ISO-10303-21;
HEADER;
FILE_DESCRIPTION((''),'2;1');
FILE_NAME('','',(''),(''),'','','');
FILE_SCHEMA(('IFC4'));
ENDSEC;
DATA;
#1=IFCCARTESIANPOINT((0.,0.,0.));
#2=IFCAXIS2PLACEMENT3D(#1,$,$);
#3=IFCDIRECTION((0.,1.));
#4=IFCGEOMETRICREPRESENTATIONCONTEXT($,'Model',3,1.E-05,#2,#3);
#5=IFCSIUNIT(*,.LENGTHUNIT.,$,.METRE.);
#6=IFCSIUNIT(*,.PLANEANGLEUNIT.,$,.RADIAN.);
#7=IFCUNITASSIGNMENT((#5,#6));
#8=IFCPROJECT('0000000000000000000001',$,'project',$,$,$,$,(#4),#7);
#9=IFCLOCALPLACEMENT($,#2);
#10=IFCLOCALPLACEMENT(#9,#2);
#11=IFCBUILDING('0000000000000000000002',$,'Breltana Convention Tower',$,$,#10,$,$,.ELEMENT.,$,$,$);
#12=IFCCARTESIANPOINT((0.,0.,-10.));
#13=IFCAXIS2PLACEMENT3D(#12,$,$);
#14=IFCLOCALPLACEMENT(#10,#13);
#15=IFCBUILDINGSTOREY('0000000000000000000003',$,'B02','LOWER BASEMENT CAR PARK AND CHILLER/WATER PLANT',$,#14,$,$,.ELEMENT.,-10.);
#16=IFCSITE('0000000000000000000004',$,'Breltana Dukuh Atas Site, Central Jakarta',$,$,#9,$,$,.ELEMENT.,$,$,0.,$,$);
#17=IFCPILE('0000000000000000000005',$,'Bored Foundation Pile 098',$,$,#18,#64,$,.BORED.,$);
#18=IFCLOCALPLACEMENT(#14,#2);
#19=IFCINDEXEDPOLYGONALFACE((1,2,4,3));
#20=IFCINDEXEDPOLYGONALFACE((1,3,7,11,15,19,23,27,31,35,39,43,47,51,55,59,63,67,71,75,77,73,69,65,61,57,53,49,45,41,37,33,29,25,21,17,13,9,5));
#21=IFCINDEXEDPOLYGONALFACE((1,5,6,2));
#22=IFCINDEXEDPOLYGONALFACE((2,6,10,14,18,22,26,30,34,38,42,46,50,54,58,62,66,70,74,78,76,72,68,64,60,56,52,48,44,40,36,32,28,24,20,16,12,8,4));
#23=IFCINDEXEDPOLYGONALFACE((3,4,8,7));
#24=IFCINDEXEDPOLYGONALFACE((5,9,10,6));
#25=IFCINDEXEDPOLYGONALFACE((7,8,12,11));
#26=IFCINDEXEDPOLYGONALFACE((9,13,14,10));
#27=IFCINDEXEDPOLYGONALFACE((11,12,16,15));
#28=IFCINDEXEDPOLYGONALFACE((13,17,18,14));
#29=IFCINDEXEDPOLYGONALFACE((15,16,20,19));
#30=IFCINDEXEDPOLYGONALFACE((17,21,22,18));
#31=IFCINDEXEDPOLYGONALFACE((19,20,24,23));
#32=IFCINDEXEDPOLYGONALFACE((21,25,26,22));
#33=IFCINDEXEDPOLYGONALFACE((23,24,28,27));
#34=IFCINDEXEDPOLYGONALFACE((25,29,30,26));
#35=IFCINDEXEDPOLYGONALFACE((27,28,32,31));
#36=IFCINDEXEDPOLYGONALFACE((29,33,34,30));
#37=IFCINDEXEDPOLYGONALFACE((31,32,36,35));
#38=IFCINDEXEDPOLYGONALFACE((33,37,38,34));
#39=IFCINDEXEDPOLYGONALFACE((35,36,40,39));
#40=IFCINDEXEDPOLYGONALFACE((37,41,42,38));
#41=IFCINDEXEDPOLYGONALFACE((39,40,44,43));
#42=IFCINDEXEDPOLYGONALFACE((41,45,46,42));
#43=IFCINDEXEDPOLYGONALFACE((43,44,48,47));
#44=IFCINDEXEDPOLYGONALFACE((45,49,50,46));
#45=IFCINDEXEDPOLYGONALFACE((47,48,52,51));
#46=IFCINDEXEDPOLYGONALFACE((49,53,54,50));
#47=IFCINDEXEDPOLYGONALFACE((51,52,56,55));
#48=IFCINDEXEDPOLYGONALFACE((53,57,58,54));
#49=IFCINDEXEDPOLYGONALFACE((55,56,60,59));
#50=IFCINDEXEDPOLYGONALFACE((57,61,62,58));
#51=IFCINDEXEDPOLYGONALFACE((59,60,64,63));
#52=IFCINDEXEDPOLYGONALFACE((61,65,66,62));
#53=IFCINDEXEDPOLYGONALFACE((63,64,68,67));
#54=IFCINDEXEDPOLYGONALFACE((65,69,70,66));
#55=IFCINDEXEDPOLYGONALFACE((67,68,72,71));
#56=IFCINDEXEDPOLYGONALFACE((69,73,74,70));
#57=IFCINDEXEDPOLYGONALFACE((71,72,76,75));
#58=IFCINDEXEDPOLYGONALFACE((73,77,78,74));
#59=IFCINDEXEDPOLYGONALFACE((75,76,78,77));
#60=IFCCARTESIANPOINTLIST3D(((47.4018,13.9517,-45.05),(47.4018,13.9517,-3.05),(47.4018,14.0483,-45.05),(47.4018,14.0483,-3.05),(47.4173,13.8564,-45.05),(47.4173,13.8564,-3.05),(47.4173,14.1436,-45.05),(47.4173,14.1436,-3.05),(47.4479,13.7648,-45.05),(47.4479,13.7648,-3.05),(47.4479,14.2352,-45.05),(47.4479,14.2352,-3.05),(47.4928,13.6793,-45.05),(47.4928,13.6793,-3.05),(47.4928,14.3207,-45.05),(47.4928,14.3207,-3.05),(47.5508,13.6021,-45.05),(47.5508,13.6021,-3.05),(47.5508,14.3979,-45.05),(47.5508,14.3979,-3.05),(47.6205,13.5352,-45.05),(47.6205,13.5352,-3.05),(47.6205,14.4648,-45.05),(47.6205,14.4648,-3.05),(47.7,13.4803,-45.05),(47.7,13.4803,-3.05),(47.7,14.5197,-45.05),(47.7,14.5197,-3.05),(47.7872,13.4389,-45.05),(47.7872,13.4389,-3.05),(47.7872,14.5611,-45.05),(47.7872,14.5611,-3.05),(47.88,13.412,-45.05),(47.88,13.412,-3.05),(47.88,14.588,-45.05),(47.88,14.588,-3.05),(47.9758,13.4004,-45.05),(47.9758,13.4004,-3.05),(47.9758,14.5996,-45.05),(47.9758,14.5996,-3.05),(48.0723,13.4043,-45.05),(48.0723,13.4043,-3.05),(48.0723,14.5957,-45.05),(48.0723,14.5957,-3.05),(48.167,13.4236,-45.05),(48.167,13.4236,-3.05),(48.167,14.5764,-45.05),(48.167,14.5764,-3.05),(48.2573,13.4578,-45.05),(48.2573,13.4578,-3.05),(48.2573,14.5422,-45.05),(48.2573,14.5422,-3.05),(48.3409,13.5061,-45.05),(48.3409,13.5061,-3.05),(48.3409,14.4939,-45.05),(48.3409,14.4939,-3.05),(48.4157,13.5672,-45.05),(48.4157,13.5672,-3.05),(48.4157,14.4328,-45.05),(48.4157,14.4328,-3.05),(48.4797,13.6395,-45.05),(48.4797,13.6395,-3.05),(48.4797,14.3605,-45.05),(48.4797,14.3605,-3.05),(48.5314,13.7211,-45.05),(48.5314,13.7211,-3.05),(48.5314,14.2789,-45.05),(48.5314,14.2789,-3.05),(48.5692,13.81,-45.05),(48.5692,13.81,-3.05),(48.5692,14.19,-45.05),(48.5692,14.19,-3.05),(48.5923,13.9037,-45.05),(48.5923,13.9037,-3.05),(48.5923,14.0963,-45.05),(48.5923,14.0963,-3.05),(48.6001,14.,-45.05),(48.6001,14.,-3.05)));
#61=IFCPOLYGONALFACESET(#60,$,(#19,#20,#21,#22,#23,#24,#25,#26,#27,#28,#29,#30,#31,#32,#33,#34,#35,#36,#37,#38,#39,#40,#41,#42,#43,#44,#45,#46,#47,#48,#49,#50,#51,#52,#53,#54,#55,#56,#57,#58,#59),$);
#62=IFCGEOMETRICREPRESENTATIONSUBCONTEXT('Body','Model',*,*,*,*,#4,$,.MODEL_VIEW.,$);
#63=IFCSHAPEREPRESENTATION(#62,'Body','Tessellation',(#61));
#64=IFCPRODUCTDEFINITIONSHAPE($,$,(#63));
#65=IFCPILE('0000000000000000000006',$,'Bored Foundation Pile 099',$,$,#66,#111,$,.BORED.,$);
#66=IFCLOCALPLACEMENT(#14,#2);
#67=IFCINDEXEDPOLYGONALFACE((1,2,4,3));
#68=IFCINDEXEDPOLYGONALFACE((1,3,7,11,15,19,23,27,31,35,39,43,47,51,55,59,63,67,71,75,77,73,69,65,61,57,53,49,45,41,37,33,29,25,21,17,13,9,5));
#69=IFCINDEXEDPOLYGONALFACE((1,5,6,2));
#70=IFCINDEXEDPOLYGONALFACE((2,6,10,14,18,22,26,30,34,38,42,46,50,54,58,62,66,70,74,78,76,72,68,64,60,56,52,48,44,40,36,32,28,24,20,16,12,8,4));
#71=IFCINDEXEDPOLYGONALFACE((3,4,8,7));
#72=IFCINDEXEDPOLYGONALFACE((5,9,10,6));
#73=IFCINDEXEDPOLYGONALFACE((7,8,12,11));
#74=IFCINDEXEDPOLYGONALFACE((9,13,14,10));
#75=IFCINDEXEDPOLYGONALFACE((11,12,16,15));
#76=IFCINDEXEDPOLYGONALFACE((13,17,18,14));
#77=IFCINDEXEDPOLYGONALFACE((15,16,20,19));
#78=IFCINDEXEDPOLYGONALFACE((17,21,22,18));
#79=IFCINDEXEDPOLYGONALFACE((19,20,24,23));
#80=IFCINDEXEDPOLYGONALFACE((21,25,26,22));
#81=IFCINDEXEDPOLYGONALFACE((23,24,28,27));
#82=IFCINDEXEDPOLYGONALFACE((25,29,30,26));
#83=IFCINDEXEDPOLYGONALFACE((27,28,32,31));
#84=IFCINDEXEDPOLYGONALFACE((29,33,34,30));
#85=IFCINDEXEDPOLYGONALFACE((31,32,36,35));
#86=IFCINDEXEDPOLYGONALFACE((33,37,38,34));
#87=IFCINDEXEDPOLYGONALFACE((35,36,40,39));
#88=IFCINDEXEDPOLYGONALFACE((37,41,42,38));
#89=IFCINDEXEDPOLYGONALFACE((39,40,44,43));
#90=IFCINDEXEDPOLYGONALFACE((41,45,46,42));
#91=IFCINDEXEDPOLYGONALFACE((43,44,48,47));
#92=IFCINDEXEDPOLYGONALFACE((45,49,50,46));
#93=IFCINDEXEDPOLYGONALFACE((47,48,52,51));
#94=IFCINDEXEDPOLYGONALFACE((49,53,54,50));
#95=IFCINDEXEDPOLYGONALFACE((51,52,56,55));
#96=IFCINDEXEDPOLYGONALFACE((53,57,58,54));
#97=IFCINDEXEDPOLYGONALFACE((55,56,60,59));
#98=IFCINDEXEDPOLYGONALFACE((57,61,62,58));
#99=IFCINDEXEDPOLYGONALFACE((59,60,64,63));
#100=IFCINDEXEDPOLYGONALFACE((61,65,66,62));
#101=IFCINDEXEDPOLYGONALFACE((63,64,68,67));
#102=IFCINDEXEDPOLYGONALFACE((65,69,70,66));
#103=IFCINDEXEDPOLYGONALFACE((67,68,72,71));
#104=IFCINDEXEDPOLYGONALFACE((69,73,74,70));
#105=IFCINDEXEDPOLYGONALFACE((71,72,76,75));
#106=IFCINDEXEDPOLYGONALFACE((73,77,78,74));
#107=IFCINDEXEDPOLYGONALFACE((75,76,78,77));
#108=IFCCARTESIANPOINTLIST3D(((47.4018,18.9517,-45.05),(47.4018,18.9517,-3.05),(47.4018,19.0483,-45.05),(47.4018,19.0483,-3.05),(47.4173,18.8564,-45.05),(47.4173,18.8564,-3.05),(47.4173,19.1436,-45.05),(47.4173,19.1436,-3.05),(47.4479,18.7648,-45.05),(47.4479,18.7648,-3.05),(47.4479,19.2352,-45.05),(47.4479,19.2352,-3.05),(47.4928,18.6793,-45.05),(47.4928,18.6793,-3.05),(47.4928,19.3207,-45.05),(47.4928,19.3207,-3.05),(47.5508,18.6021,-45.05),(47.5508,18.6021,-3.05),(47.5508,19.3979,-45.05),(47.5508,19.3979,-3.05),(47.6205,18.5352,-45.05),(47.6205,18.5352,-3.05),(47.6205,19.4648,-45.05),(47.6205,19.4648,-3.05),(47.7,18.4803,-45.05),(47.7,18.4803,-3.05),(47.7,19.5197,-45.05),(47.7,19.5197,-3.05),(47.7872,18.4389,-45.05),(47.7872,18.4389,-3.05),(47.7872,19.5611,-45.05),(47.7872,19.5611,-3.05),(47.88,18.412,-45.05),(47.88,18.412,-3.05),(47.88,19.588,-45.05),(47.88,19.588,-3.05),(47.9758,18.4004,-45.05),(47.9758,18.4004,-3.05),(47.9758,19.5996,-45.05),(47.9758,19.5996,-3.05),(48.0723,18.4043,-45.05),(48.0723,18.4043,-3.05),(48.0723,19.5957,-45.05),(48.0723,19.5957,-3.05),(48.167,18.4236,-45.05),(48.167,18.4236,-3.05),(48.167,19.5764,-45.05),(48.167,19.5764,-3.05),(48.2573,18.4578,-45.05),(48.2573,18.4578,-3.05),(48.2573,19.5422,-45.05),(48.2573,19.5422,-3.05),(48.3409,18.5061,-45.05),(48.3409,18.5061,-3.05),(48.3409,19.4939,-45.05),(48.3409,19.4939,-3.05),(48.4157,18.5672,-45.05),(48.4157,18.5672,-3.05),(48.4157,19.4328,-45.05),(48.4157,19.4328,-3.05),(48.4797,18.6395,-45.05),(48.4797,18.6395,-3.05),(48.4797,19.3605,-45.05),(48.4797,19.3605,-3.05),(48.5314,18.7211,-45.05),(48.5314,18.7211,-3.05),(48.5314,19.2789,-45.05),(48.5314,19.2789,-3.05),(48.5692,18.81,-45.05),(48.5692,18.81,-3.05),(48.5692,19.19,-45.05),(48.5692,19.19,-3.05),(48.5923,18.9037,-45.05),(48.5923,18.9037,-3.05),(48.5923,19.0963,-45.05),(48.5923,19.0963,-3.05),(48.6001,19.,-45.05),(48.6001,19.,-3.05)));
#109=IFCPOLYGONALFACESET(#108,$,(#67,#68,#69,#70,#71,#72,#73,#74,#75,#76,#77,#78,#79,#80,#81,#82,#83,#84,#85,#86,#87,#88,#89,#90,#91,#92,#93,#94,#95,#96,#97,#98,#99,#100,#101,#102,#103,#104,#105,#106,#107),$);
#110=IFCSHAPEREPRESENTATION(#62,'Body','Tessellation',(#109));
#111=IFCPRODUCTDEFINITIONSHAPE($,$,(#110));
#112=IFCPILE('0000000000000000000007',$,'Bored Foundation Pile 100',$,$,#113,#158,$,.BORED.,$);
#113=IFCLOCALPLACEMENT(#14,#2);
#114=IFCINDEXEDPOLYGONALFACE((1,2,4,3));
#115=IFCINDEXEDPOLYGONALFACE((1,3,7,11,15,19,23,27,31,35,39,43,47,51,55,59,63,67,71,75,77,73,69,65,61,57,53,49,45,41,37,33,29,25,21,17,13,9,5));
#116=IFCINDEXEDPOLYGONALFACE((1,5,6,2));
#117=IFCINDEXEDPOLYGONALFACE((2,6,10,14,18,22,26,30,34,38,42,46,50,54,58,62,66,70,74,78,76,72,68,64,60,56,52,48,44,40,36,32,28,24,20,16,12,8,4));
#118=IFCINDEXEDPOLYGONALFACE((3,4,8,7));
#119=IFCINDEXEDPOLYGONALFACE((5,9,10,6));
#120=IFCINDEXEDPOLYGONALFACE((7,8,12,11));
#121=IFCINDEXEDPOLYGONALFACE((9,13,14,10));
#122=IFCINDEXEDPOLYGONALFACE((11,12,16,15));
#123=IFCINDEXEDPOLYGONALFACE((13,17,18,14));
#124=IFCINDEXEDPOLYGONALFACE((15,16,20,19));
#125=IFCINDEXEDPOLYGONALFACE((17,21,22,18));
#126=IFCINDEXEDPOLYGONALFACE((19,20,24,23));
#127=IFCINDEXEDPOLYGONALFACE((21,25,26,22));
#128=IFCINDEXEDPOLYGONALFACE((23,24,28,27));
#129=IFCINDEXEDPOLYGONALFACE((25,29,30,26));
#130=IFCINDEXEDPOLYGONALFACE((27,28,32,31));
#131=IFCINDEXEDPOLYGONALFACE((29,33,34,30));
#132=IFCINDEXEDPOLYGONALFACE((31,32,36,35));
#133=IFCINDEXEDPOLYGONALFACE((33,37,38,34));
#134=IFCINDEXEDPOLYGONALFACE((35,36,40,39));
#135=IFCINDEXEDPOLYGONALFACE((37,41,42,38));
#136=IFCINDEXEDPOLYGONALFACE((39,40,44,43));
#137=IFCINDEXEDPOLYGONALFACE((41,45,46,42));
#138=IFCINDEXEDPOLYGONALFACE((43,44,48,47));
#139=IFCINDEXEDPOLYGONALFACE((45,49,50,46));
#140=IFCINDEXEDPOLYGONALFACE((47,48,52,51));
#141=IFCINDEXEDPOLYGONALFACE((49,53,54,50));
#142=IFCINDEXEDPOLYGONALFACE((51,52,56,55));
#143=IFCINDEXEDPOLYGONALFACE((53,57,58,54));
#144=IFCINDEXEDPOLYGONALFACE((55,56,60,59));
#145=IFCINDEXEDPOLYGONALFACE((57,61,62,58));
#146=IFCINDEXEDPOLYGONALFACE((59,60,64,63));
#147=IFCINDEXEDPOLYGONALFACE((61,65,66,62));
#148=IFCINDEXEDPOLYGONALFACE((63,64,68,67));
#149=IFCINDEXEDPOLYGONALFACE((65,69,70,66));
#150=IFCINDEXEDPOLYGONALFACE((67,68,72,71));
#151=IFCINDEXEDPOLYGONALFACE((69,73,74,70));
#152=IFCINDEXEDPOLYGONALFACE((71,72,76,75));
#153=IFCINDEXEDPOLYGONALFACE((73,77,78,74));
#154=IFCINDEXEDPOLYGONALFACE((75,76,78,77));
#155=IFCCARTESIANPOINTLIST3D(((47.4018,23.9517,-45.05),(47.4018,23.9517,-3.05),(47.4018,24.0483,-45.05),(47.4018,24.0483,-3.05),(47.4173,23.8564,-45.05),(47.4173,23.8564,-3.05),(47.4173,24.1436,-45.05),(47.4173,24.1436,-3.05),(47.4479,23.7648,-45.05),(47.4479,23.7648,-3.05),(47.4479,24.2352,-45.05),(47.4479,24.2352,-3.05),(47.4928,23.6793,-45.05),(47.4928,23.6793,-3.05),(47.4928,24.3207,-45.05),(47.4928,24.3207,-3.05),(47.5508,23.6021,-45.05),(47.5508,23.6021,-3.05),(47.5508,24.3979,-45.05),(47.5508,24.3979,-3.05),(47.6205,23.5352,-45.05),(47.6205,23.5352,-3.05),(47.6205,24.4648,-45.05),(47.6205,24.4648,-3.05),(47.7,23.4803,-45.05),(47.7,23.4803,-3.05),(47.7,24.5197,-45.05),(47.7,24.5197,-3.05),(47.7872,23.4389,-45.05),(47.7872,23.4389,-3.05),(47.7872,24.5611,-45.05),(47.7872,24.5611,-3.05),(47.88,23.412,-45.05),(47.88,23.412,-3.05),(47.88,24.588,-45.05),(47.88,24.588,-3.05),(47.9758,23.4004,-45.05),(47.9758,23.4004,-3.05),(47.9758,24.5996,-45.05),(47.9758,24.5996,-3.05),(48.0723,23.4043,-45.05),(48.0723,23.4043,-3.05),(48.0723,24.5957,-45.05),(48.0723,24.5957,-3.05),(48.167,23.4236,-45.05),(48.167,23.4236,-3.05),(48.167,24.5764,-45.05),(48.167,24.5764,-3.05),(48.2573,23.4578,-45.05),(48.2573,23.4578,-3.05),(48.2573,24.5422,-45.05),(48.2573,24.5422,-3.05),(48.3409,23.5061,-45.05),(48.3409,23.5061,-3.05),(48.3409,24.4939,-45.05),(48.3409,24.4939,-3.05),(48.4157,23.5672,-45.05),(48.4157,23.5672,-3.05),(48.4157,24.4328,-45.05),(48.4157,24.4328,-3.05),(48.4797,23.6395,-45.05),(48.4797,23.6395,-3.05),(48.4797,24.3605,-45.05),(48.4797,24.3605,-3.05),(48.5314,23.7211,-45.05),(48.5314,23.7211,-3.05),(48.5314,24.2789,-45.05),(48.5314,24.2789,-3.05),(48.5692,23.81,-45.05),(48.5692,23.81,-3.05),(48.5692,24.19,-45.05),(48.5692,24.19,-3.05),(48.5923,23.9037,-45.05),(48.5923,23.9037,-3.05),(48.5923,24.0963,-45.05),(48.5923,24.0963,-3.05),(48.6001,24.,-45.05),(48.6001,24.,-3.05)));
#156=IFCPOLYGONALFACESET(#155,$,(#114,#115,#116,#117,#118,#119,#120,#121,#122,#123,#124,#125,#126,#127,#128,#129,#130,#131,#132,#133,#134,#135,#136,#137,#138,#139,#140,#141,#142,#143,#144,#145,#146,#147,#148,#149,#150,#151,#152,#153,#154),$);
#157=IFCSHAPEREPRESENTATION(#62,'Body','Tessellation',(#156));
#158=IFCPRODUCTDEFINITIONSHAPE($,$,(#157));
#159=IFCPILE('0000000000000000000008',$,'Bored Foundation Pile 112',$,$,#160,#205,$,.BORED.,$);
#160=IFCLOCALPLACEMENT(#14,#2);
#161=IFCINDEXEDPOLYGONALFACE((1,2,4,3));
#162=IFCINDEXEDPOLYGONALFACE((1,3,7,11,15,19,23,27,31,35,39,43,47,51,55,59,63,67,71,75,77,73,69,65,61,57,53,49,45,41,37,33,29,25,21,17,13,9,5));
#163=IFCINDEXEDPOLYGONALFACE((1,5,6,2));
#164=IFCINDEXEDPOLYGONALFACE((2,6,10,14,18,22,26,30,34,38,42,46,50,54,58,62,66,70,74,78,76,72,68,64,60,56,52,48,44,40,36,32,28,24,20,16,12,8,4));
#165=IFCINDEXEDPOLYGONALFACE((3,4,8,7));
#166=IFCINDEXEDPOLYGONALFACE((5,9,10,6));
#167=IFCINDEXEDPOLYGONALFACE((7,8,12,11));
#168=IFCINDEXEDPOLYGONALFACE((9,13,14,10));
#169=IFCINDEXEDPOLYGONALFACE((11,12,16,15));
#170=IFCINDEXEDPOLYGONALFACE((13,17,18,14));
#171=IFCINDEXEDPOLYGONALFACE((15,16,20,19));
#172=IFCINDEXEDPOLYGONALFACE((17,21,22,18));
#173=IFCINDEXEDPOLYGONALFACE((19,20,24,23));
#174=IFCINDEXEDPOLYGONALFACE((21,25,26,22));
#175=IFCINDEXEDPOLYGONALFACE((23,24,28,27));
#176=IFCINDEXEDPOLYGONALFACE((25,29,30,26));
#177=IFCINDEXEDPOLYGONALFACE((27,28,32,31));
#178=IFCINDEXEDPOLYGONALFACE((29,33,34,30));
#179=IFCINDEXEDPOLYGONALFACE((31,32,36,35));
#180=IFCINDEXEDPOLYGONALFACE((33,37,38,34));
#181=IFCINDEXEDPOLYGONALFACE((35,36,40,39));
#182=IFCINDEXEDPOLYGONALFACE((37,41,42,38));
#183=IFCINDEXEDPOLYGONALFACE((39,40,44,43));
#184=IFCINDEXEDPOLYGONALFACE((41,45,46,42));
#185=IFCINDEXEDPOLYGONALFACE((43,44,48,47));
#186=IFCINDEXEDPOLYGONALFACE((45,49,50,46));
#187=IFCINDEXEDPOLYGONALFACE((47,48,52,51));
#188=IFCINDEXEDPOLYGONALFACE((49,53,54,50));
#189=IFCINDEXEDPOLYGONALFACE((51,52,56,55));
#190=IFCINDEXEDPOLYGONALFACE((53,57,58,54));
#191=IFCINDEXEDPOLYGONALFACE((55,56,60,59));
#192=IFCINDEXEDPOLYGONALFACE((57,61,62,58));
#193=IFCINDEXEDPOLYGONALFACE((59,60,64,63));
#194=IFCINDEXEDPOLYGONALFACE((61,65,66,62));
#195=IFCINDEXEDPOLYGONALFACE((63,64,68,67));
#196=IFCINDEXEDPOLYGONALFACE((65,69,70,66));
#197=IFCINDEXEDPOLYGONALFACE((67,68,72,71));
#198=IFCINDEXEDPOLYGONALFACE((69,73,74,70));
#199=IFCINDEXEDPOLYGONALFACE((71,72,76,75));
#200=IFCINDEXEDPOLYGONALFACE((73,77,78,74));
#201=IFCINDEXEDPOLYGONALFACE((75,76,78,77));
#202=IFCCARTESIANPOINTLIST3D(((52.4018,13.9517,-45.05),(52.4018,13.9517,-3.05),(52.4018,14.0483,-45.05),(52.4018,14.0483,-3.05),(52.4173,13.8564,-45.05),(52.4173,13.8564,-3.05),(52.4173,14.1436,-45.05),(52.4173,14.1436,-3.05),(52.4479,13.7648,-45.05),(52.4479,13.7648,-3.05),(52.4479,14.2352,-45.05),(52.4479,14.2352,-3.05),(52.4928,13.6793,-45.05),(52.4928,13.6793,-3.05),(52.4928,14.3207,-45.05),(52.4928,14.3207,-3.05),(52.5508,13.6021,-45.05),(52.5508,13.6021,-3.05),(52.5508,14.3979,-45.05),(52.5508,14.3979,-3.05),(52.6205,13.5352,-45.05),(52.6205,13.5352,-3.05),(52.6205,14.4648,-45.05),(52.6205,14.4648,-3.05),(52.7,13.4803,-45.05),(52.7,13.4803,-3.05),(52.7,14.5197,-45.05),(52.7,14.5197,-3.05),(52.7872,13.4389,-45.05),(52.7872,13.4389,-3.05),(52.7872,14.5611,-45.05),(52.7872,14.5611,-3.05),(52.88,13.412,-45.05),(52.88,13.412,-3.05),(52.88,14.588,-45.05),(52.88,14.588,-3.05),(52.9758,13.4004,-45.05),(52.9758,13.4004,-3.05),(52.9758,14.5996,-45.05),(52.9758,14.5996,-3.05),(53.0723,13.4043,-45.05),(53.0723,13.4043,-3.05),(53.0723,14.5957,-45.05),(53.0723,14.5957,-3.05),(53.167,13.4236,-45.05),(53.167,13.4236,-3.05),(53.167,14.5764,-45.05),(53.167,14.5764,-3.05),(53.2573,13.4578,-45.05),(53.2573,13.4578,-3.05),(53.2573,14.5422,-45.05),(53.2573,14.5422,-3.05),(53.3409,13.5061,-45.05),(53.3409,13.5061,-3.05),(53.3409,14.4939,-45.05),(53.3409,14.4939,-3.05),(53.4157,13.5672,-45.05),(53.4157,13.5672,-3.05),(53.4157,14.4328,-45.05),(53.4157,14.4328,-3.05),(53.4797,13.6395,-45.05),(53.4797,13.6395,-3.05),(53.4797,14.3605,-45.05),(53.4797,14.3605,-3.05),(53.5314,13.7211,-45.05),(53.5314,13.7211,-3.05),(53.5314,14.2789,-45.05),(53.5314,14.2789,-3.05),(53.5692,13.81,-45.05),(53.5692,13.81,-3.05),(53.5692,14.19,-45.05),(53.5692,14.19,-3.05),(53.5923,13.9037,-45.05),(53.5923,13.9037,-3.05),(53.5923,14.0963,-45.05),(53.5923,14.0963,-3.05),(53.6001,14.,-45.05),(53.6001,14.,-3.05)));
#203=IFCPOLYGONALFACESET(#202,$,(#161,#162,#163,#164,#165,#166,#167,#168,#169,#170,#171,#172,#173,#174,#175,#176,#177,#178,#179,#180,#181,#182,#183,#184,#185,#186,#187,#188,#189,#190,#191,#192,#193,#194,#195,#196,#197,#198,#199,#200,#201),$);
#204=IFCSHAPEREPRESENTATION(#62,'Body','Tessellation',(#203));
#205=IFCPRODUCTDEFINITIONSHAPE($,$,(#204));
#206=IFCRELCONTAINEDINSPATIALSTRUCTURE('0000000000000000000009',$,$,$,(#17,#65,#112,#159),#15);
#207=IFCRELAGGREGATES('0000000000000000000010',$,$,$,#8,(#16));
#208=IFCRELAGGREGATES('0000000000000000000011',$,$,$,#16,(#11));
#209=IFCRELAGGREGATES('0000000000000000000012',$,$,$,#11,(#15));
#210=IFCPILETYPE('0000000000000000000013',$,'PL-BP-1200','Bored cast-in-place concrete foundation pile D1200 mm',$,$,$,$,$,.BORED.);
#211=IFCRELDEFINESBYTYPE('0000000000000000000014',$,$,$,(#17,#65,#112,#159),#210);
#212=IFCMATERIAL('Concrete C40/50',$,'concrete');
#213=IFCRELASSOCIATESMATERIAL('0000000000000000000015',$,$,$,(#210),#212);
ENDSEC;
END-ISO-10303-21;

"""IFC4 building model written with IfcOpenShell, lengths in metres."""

from ifc_helpers import new_model, si_unit, direction, frame, origin, origin_2d, place, context, subcontext, project, spatial, circle, extrude, source, transform, mapped, material, material_profile, profile_set, type_object, type_shapes, element, save


model = new_model("IFC4")

# Units and contexts
model_context = context("Model", 3, precision=1e-05, world=origin(), true_north=direction((0.0, 1.0)))
body_context = subcontext(model_context, "Body", "Model", "MODEL_VIEW")
ifc_project = project(units=[si_unit("LENGTHUNIT", "METRE"), si_unit("PLANEANGLEUNIT", "RADIAN")], contexts=[model_context])

# Site, building, storey
site_placement = place(None, origin())
site = spatial("IfcSite", under=ifc_project, at=site_placement, Name="Breltana Dukuh Atas Site, Central Jakarta", CompositionType="ELEMENT", RefElevation=0.0)
building_placement = place(site_placement, origin())
building = spatial("IfcBuilding", under=site, at=building_placement, Name="Breltana Convention Tower", CompositionType="ELEMENT")
storey_placement = place(building_placement, frame((0.0, 0.0, -10.0)))
storey = spatial("IfcBuildingStorey", under=building, at=storey_placement, Name="B02", Description="LOWER BASEMENT CAR PARK AND CHILLER/WATER PLANT", CompositionType="ELEMENT", Elevation=-10.0)

# Piles
ifc_material_1 = material(Name="Concrete C40/50", Category="concrete")
ifc_material_profile_1 = material_profile(ifc_material_1, circle(Radius=0.6001, at=origin_2d()), Name="BP-D1200")
ifc_profile_set_1 = profile_set([ifc_material_profile_1], Name="Concrete C40/50")
pile_type = type_object("IfcPileType", Name="PL-BP-1200", Description="Bored cast-in-place concrete foundation pile D1200 mm", PredefinedType="BORED", material=ifc_profile_set_1)
shared_shape_1 = source(origin(), body_context, "Body", "SweptSolid", [
    extrude(circle(Radius=0.6001, at=origin_2d()), origin(), (0.0, 0.0, 1.0), 42.0),
])
type_shapes(pile_type, [shared_shape_1])
for number, where, z_axis, x_axis, name in (
    (1, (48.0, 14.0, -3.05), (0.0, 0.0, -1.0), (1.0, 0.0, 0.0), "Bored Foundation Pile 098"),
    (2, (48.0, 19.0, -3.05), (0.0, 0.0, -1.0), (1.0, 0.0, 0.0), "Bored Foundation Pile 099"),
    (3, (48.0, 24.0, -3.05), (0.0, 0.0, -1.0), (1.0, 0.0, 0.0), "Bored Foundation Pile 100"),
    (4, (53.0, 14.0, -3.05), (0.0, 0.0, -1.0), (1.0, 0.0, 0.0), "Bored Foundation Pile 112"),
):
    element("IfcPile", number, at=place(storey_placement, frame(where, z_axis=z_axis, x_axis=x_axis)), inside=storey, type_object=pile_type, Name=name, PredefinedType="BORED", context=body_context, shape_type="MappedRepresentation", body=[
        mapped(shared_shape_1, transform((0.0, 0.0, 0.0), scale=1.0)),
    ])

save(model, "model.ifc")
